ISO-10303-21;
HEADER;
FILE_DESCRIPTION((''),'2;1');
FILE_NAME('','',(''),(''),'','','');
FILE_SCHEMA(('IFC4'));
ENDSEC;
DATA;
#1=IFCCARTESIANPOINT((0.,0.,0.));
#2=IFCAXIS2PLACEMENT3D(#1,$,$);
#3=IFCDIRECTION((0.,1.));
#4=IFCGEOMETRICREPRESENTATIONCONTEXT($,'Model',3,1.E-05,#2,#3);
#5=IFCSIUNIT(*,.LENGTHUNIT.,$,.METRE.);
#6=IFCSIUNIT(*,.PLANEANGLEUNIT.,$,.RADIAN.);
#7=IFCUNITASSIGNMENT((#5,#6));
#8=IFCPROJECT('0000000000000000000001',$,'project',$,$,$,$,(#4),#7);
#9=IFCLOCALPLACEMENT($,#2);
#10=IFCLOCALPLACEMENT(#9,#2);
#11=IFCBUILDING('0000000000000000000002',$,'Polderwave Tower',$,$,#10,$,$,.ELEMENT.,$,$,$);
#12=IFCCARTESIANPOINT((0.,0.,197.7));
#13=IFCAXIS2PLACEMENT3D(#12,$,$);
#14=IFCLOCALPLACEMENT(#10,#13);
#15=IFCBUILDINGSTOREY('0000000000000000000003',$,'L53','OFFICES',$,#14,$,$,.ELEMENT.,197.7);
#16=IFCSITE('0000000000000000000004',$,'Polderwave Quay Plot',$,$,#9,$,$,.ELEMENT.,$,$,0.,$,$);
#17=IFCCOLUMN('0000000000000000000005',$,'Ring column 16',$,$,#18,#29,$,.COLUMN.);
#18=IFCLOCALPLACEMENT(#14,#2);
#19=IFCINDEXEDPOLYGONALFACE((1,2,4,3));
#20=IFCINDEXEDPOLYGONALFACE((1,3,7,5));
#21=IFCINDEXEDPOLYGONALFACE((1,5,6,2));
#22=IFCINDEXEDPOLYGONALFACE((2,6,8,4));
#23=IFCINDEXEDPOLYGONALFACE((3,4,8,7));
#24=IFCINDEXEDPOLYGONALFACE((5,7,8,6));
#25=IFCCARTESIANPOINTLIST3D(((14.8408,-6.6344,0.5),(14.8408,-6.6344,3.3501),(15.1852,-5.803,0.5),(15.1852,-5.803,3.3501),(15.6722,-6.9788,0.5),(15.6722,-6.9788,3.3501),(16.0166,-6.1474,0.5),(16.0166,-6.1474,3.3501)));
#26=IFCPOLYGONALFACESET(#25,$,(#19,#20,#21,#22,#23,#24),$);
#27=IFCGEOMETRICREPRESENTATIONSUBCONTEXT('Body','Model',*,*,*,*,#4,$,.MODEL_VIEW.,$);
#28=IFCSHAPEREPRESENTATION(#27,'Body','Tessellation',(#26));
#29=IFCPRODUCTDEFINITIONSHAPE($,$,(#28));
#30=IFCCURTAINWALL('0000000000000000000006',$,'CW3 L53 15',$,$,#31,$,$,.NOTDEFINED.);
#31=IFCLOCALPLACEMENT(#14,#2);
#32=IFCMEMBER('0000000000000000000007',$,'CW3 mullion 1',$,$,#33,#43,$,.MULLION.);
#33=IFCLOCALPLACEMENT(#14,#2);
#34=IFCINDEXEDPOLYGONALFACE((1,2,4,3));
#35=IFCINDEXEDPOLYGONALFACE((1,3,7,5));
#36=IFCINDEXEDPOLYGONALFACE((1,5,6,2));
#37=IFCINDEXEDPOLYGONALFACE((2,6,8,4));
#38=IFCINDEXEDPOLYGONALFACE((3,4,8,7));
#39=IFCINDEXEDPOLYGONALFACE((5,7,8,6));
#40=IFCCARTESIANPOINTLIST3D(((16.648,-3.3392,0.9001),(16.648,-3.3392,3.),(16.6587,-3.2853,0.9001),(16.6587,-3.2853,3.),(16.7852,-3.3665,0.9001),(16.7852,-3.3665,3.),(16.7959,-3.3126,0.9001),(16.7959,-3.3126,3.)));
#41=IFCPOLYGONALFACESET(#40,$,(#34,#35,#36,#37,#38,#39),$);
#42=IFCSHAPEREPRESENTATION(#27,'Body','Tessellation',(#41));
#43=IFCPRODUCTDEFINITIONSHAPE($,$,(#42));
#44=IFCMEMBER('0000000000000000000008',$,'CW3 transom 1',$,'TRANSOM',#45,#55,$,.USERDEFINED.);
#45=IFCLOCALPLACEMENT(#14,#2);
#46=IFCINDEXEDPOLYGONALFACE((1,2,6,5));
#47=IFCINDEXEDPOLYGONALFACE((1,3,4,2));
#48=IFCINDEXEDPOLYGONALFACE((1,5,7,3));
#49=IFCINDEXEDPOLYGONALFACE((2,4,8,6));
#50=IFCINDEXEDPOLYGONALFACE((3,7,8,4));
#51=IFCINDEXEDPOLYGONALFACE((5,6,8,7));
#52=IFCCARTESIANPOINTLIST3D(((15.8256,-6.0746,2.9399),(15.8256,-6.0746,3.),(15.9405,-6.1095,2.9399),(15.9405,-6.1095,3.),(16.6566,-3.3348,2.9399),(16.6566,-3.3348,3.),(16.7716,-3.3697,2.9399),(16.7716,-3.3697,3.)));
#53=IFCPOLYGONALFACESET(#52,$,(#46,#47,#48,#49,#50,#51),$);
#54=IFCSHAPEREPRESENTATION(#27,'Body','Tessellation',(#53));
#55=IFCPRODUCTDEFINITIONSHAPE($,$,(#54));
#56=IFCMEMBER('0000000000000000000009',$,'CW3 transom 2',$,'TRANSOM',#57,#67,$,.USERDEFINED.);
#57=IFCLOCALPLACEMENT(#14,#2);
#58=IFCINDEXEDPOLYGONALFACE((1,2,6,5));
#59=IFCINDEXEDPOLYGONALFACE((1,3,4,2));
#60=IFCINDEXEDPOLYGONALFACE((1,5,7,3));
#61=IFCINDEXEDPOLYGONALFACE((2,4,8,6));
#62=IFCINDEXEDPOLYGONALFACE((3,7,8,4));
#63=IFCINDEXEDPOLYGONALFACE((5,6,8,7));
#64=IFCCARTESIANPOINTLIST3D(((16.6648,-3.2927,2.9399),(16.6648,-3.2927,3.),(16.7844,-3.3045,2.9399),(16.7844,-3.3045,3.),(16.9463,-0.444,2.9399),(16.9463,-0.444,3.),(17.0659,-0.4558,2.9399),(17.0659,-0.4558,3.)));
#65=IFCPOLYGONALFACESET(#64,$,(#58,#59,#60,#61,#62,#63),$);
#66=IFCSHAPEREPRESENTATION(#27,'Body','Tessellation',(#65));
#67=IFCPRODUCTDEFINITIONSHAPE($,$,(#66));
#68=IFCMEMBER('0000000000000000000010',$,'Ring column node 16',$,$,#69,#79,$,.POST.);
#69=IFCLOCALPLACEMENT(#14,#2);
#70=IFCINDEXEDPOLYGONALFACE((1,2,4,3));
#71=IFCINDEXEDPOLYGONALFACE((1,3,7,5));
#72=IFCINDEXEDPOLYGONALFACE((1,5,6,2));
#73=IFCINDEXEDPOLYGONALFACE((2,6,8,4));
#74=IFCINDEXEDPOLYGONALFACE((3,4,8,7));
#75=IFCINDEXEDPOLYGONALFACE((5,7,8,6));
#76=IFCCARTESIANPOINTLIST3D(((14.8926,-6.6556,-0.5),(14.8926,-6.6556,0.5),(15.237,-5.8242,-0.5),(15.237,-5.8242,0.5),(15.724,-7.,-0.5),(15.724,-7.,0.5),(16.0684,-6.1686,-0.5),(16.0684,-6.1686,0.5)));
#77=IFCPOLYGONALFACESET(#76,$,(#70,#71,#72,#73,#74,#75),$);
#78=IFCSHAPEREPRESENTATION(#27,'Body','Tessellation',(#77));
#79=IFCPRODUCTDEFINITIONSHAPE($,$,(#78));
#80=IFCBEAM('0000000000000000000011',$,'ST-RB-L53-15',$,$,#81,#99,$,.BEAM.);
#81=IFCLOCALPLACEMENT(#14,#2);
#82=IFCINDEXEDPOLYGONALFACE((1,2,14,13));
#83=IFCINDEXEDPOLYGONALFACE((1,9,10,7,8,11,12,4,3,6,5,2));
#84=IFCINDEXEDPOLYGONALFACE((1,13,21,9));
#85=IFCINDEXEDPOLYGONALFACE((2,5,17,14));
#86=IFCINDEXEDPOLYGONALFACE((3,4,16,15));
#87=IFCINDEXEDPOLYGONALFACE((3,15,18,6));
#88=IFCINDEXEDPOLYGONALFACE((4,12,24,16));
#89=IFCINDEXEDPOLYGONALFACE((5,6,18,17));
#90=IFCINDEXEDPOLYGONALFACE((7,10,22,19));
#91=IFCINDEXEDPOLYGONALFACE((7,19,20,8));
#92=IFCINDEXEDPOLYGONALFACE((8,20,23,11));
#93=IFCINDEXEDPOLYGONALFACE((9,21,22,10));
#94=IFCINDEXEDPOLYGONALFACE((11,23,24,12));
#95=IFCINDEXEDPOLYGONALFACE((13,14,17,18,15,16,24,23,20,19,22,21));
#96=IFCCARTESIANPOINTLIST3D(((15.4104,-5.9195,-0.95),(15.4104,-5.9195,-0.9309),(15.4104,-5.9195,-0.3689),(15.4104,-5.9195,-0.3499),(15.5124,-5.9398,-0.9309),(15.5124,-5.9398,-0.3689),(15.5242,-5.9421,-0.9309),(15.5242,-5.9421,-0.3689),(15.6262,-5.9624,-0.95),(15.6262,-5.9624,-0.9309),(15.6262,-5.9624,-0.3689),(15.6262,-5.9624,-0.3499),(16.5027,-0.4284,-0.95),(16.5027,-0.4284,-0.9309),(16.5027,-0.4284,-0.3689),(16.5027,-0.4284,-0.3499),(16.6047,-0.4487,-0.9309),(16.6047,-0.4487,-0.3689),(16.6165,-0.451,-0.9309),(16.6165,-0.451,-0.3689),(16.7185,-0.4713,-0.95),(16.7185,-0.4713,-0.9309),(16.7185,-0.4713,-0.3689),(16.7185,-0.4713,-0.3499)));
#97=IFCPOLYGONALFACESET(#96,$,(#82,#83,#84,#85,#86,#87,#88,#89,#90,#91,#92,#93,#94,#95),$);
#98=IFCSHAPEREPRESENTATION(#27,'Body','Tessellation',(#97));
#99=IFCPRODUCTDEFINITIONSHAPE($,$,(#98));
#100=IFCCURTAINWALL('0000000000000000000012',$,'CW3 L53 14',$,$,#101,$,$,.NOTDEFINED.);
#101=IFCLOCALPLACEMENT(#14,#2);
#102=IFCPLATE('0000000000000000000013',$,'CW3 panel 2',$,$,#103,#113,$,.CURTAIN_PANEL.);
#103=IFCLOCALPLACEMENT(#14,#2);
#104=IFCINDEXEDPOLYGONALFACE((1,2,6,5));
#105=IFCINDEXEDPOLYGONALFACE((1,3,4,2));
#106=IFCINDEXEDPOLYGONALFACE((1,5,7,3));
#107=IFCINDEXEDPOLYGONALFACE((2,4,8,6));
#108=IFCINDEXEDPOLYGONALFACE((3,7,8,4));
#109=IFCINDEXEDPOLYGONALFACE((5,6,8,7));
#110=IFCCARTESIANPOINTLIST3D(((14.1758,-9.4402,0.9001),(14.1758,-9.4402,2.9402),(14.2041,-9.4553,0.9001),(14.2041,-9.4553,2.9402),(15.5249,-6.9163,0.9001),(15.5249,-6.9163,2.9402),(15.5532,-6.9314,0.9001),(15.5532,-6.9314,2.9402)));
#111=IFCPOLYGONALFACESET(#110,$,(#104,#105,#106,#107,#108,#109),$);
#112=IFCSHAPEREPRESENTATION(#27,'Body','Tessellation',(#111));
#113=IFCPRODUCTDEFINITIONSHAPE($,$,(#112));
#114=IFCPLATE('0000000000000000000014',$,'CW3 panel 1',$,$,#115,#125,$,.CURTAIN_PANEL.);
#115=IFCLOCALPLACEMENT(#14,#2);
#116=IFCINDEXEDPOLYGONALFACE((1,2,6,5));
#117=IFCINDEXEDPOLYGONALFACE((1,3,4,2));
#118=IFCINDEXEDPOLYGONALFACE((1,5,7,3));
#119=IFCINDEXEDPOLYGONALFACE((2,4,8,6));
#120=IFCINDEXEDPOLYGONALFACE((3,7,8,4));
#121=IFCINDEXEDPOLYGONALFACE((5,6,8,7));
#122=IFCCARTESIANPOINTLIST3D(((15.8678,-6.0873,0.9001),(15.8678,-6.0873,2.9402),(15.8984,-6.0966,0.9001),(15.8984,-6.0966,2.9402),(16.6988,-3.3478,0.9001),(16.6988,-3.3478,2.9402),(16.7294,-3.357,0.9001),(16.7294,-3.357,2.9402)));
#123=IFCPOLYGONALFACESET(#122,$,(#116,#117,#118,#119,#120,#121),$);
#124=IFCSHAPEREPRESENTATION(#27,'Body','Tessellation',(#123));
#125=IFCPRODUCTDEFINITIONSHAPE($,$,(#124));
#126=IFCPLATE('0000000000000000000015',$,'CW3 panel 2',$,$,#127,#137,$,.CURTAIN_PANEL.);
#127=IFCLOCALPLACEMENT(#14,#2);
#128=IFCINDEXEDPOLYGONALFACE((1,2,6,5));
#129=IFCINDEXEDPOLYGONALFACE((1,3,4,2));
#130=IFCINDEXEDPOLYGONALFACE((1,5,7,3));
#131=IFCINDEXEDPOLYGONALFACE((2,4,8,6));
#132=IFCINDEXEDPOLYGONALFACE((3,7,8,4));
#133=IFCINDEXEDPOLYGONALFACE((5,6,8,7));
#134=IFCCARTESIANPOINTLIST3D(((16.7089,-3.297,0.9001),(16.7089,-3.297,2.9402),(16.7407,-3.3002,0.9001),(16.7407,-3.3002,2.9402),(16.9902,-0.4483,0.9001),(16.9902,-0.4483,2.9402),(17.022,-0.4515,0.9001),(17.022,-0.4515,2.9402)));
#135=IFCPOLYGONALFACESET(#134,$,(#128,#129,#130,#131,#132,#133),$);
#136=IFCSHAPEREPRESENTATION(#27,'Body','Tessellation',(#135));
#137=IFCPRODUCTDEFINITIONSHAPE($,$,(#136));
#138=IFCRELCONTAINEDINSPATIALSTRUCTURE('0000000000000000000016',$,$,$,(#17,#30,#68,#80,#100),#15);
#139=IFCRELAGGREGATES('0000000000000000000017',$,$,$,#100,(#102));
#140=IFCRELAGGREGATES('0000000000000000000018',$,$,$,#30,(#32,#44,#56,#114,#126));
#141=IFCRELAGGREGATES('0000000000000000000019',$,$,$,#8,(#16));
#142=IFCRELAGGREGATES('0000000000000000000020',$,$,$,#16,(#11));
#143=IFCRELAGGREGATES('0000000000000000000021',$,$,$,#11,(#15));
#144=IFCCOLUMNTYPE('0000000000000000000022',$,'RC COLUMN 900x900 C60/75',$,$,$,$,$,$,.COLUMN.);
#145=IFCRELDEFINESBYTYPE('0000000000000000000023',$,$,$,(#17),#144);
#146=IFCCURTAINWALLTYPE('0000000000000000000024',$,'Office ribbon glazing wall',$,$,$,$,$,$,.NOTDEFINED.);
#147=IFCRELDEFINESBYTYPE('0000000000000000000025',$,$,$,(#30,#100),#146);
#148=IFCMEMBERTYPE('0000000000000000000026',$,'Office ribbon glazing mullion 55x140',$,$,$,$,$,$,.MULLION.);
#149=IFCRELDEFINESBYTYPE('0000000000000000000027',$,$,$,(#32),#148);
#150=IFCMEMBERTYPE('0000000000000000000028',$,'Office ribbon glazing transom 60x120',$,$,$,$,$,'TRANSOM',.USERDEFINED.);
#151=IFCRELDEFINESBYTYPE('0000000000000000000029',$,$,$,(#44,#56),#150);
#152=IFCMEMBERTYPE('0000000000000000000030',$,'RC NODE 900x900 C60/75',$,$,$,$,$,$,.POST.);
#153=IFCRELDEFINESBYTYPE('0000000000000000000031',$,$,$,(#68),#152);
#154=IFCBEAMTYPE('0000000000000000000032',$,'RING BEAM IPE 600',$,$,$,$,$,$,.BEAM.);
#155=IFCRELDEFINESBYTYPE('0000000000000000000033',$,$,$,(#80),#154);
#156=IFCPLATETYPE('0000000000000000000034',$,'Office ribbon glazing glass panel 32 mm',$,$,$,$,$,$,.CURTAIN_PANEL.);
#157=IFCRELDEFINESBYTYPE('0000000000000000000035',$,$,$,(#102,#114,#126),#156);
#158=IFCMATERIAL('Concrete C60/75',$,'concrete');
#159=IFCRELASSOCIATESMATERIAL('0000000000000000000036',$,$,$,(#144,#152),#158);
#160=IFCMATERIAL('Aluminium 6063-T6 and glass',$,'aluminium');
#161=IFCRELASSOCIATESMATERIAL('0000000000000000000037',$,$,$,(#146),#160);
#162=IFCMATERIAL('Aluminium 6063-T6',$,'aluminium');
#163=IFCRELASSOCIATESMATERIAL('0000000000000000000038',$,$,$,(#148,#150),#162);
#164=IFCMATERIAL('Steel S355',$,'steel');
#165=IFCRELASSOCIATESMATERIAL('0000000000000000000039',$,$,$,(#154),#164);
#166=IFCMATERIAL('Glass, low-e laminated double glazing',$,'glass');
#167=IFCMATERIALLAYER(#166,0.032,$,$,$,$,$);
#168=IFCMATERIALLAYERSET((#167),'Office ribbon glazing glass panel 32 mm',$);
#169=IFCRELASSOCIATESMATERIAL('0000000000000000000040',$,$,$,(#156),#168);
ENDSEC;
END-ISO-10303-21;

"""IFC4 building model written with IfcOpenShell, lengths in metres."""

from ifc_helpers import new_model, si_unit, direction, frame, origin, origin_2d, place, context, subcontext, project, spatial, rectangle, i_section, extrude, material, layer, layer_set, material_profile, profile_set, type_object, element, aggregate, save


model = new_model("IFC4")

# Units and contexts
model_context = context("Model", 3, precision=1e-05, world=origin(), true_north=direction((0.0, 1.0)))
body_context = subcontext(model_context, "Body", "Model", "MODEL_VIEW")
ifc_project = project(units=[si_unit("LENGTHUNIT", "METRE"), si_unit("PLANEANGLEUNIT", "RADIAN")], contexts=[model_context])

# Site, building, storey
site_placement = place(None, origin())
site = spatial("IfcSite", under=ifc_project, at=site_placement, Name="Polderwave Quay Plot", CompositionType="ELEMENT", RefElevation=0.0)
building_placement = place(site_placement, origin())
building = spatial("IfcBuilding", under=site, at=building_placement, Name="Polderwave Tower", CompositionType="ELEMENT")
storey_placement = place(building_placement, frame((0.0, 0.0, 197.7)))
storey = spatial("IfcBuildingStorey", under=building, at=storey_placement, Name="L53", Description="OFFICES", CompositionType="ELEMENT", Elevation=197.7)

# Column
ifc_material_1 = material(Name="Concrete C60/75", Category="concrete")
ifc_material_profile_1 = material_profile(ifc_material_1, rectangle(XDim=0.8999, YDim=0.8999, at=origin_2d()), Name="RC 900x900")
ifc_profile_set_1 = profile_set([ifc_material_profile_1], Name="Concrete C60/75")
column_type = type_object("IfcColumnType", Name="RC COLUMN 900x900 C60/75", PredefinedType="COLUMN", material=ifc_profile_set_1)
column_placement = place(storey_placement, frame((15.4287, -6.3909, 0.5), z_axis=(0.0, 0.0, 1.0), x_axis=(0.92388, -0.382683, 0.0)))
element("IfcColumn", 1, at=column_placement, inside=storey, type_object=column_type, Name="Ring column 16", PredefinedType="COLUMN", context=body_context, shape_type="SweptSolid", body=[
    extrude(rectangle(XDim=0.8999, YDim=0.8999, at=origin_2d()), origin(), (0.0, 0.0, 1.0), 2.8501),
])

# Curtain wall, members
ifc_material_2 = material(Name="Aluminium 6063-T6 and glass", Category="aluminium")
curtain_wall_type = type_object("IfcCurtainWallType", Name="Office ribbon glazing wall", PredefinedType="NOTDEFINED", material=ifc_material_2)
curtain_wall_1_placement = place(storey_placement, origin())
curtain_wall_1 = element("IfcCurtainWall", 2, at=curtain_wall_1_placement, inside=storey, type_object=curtain_wall_type, Name="CW3 L53 15", PredefinedType="NOTDEFINED")
ifc_material_3 = material(Name="Aluminium 6063-T6", Category="aluminium")
ifc_material_profile_2 = material_profile(ifc_material_3, rectangle(XDim=0.1399, YDim=0.0549, at=origin_2d()), Name="AL 55x140")
ifc_profile_set_2 = profile_set([ifc_material_profile_2], Name="Aluminium 6063-T6")
member_type_1 = type_object("IfcMemberType", Name="Office ribbon glazing mullion 55x140", PredefinedType="MULLION", material=ifc_profile_set_2)
member_1_placement = place(storey_placement, frame((16.7219, -3.3259, 0.9001), z_axis=(0.0, 0.0, 1.0), x_axis=(-0.980762, 0.195205, 0.0)))
member_1 = element("IfcMember", 3, at=member_1_placement, type_object=member_type_1, Name="CW3 mullion 1", PredefinedType="MULLION", context=body_context, shape_type="SweptSolid", body=[
    extrude(rectangle(XDim=0.1399, YDim=0.0549, at=origin_2d()), origin(), (0.0, 0.0, 1.0), 2.0999),
])
ifc_material_profile_3 = material_profile(ifc_material_3, rectangle(XDim=0.1201, YDim=0.0601, at=origin_2d()), Name="AL 60x120")
ifc_profile_set_3 = profile_set([ifc_material_profile_3], Name="Aluminium 6063-T6")
member_type_2 = type_object("IfcMemberType", Name="Office ribbon glazing transom 60x120", ElementType="TRANSOM", PredefinedType="USERDEFINED", material=ifc_profile_set_3)
member_2_placement = place(storey_placement, frame((15.8831, -6.092, 2.97), z_axis=(0.290272, 0.956944, 0.0), x_axis=(-0.956944, 0.290272, 0.0)))
member_2 = element("IfcMember", 4, at=member_2_placement, type_object=member_type_2, Name="CW3 transom 1", ObjectType="TRANSOM", PredefinedType="USERDEFINED", context=body_context, shape_type="SweptSolid", body=[
    extrude(rectangle(XDim=0.1201, YDim=0.0601, at=origin_2d()), origin(), (0.0, 0.0, 1.0), 2.863),
])
member_3_placement = place(storey_placement, frame((16.7246, -3.2986, 2.97), z_axis=(0.098338, 0.995153, 0.0), x_axis=(-0.995153, 0.098338, 0.0)))
member_3 = element("IfcMember", 5, at=member_3_placement, type_object=member_type_2, Name="CW3 transom 2", ObjectType="TRANSOM", PredefinedType="USERDEFINED", context=body_context, shape_type="SweptSolid", body=[
    extrude(rectangle(XDim=0.1201, YDim=0.0601, at=origin_2d()), origin(), (0.0, 0.0, 1.0), 2.8625),
])

# Member
ifc_material_profile_4 = material_profile(ifc_material_1, rectangle(XDim=0.8999, YDim=0.8999, at=origin_2d()), Name="RC 900x900")
ifc_profile_set_4 = profile_set([ifc_material_profile_4], Name="Concrete C60/75")
member_type_3 = type_object("IfcMemberType", Name="RC NODE 900x900 C60/75", PredefinedType="POST", material=ifc_profile_set_4)
member_4_placement = place(storey_placement, frame((15.4805, -6.4121, -0.5), z_axis=(0.0, 0.0, 1.0), x_axis=(0.92388, -0.382683, 0.0)))
element("IfcMember", 6, at=member_4_placement, inside=storey, type_object=member_type_3, Name="Ring column node 16", PredefinedType="POST", context=body_context, shape_type="SweptSolid", body=[
    extrude(rectangle(XDim=0.8999, YDim=0.8999, at=origin_2d()), origin(), (0.0, 0.0, 1.0), 1.0),
])

# Beam
ifc_material_4 = material(Name="Steel S355", Category="steel")
ifc_material_profile_5 = material_profile(ifc_material_4, i_section(OverallWidth=0.22, OverallDepth=0.6001, WebThickness=0.012, FlangeThickness=0.019, at=origin_2d()), Name="IPE 600")
ifc_profile_set_5 = profile_set([ifc_material_profile_5], Name="Steel S355")
beam_type = type_object("IfcBeamType", Name="RING BEAM IPE 600", PredefinedType="BEAM", material=ifc_profile_set_5)
beam_placement = place(storey_placement, frame((15.5183, -5.9409, -0.6499), z_axis=(0.195101, 0.980783, 0.0), x_axis=(-0.980783, 0.195101, 0.0)))
element("IfcBeam", 7, at=beam_placement, inside=storey, type_object=beam_type, Name="ST-RB-L53-15", PredefinedType="BEAM", context=body_context, shape_type="SweptSolid", body=[
    extrude(i_section(OverallWidth=0.22, OverallDepth=0.6001, WebThickness=0.012, FlangeThickness=0.019, at=origin_2d()), origin(), (0.0, 0.0, 1.0), 5.5986),
])

# Curtain wall, plate
curtain_wall_2_placement = place(storey_placement, origin())
curtain_wall_2 = element("IfcCurtainWall", 8, at=curtain_wall_2_placement, inside=storey, type_object=curtain_wall_type, Name="CW3 L53 14", PredefinedType="NOTDEFINED")
ifc_material_5 = material(Name="Glass, low-e laminated double glazing", Category="glass")
ifc_layer_1 = layer(ifc_material_5, 0.032)
ifc_layer_set_1 = layer_set([ifc_layer_1], Name="Office ribbon glazing glass panel 32 mm")
plate_type = type_object("IfcPlateType", Name="Office ribbon glazing glass panel 32 mm", PredefinedType="CURTAIN_PANEL", material=ifc_layer_set_1)
plate_1_placement = place(storey_placement, frame((14.8645, -8.1858, 0.9001), z_axis=(0.0, 0.0, 1.0), x_axis=(0.471414, 0.881912, 0.0)))
plate_1 = element("IfcPlate", 9, at=plate_1_placement, type_object=plate_type, Name="CW3 panel 2", PredefinedType="CURTAIN_PANEL", context=body_context, shape_type="SweptSolid", body=[
    extrude(rectangle(XDim=2.8618, YDim=0.032, at=origin_2d()), origin(), (0.0, 0.0, 1.0), 2.04),
])
aggregate(curtain_wall_2, [plate_1])

# Plates
plate_2_placement = place(storey_placement, frame((16.2986, -4.7222, 0.9001), z_axis=(0.0, 0.0, 1.0), x_axis=(0.290266, 0.956946, 0.0)))
plate_2 = element("IfcPlate", 10, at=plate_2_placement, type_object=plate_type, Name="CW3 panel 1", PredefinedType="CURTAIN_PANEL", context=body_context, shape_type="SweptSolid", body=[
    extrude(rectangle(XDim=2.8628, YDim=0.032, at=origin_2d()), origin(), (0.0, 0.0, 1.0), 2.04),
])
plate_3_placement = place(storey_placement, frame((16.8655, -1.8743, 0.9001), z_axis=(0.0, 0.0, 1.0), x_axis=(0.098271, 0.99516, 0.0)))
plate_3 = element("IfcPlate", 11, at=plate_3_placement, type_object=plate_type, Name="CW3 panel 2", PredefinedType="CURTAIN_PANEL", context=body_context, shape_type="SweptSolid", body=[
    extrude(rectangle(XDim=2.8625, YDim=0.032, at=origin_2d()), origin(), (0.0, 0.0, 1.0), 2.04),
])
aggregate(curtain_wall_1, [member_1, member_2, member_3, plate_2, plate_3])

save(model, "model.ifc")
